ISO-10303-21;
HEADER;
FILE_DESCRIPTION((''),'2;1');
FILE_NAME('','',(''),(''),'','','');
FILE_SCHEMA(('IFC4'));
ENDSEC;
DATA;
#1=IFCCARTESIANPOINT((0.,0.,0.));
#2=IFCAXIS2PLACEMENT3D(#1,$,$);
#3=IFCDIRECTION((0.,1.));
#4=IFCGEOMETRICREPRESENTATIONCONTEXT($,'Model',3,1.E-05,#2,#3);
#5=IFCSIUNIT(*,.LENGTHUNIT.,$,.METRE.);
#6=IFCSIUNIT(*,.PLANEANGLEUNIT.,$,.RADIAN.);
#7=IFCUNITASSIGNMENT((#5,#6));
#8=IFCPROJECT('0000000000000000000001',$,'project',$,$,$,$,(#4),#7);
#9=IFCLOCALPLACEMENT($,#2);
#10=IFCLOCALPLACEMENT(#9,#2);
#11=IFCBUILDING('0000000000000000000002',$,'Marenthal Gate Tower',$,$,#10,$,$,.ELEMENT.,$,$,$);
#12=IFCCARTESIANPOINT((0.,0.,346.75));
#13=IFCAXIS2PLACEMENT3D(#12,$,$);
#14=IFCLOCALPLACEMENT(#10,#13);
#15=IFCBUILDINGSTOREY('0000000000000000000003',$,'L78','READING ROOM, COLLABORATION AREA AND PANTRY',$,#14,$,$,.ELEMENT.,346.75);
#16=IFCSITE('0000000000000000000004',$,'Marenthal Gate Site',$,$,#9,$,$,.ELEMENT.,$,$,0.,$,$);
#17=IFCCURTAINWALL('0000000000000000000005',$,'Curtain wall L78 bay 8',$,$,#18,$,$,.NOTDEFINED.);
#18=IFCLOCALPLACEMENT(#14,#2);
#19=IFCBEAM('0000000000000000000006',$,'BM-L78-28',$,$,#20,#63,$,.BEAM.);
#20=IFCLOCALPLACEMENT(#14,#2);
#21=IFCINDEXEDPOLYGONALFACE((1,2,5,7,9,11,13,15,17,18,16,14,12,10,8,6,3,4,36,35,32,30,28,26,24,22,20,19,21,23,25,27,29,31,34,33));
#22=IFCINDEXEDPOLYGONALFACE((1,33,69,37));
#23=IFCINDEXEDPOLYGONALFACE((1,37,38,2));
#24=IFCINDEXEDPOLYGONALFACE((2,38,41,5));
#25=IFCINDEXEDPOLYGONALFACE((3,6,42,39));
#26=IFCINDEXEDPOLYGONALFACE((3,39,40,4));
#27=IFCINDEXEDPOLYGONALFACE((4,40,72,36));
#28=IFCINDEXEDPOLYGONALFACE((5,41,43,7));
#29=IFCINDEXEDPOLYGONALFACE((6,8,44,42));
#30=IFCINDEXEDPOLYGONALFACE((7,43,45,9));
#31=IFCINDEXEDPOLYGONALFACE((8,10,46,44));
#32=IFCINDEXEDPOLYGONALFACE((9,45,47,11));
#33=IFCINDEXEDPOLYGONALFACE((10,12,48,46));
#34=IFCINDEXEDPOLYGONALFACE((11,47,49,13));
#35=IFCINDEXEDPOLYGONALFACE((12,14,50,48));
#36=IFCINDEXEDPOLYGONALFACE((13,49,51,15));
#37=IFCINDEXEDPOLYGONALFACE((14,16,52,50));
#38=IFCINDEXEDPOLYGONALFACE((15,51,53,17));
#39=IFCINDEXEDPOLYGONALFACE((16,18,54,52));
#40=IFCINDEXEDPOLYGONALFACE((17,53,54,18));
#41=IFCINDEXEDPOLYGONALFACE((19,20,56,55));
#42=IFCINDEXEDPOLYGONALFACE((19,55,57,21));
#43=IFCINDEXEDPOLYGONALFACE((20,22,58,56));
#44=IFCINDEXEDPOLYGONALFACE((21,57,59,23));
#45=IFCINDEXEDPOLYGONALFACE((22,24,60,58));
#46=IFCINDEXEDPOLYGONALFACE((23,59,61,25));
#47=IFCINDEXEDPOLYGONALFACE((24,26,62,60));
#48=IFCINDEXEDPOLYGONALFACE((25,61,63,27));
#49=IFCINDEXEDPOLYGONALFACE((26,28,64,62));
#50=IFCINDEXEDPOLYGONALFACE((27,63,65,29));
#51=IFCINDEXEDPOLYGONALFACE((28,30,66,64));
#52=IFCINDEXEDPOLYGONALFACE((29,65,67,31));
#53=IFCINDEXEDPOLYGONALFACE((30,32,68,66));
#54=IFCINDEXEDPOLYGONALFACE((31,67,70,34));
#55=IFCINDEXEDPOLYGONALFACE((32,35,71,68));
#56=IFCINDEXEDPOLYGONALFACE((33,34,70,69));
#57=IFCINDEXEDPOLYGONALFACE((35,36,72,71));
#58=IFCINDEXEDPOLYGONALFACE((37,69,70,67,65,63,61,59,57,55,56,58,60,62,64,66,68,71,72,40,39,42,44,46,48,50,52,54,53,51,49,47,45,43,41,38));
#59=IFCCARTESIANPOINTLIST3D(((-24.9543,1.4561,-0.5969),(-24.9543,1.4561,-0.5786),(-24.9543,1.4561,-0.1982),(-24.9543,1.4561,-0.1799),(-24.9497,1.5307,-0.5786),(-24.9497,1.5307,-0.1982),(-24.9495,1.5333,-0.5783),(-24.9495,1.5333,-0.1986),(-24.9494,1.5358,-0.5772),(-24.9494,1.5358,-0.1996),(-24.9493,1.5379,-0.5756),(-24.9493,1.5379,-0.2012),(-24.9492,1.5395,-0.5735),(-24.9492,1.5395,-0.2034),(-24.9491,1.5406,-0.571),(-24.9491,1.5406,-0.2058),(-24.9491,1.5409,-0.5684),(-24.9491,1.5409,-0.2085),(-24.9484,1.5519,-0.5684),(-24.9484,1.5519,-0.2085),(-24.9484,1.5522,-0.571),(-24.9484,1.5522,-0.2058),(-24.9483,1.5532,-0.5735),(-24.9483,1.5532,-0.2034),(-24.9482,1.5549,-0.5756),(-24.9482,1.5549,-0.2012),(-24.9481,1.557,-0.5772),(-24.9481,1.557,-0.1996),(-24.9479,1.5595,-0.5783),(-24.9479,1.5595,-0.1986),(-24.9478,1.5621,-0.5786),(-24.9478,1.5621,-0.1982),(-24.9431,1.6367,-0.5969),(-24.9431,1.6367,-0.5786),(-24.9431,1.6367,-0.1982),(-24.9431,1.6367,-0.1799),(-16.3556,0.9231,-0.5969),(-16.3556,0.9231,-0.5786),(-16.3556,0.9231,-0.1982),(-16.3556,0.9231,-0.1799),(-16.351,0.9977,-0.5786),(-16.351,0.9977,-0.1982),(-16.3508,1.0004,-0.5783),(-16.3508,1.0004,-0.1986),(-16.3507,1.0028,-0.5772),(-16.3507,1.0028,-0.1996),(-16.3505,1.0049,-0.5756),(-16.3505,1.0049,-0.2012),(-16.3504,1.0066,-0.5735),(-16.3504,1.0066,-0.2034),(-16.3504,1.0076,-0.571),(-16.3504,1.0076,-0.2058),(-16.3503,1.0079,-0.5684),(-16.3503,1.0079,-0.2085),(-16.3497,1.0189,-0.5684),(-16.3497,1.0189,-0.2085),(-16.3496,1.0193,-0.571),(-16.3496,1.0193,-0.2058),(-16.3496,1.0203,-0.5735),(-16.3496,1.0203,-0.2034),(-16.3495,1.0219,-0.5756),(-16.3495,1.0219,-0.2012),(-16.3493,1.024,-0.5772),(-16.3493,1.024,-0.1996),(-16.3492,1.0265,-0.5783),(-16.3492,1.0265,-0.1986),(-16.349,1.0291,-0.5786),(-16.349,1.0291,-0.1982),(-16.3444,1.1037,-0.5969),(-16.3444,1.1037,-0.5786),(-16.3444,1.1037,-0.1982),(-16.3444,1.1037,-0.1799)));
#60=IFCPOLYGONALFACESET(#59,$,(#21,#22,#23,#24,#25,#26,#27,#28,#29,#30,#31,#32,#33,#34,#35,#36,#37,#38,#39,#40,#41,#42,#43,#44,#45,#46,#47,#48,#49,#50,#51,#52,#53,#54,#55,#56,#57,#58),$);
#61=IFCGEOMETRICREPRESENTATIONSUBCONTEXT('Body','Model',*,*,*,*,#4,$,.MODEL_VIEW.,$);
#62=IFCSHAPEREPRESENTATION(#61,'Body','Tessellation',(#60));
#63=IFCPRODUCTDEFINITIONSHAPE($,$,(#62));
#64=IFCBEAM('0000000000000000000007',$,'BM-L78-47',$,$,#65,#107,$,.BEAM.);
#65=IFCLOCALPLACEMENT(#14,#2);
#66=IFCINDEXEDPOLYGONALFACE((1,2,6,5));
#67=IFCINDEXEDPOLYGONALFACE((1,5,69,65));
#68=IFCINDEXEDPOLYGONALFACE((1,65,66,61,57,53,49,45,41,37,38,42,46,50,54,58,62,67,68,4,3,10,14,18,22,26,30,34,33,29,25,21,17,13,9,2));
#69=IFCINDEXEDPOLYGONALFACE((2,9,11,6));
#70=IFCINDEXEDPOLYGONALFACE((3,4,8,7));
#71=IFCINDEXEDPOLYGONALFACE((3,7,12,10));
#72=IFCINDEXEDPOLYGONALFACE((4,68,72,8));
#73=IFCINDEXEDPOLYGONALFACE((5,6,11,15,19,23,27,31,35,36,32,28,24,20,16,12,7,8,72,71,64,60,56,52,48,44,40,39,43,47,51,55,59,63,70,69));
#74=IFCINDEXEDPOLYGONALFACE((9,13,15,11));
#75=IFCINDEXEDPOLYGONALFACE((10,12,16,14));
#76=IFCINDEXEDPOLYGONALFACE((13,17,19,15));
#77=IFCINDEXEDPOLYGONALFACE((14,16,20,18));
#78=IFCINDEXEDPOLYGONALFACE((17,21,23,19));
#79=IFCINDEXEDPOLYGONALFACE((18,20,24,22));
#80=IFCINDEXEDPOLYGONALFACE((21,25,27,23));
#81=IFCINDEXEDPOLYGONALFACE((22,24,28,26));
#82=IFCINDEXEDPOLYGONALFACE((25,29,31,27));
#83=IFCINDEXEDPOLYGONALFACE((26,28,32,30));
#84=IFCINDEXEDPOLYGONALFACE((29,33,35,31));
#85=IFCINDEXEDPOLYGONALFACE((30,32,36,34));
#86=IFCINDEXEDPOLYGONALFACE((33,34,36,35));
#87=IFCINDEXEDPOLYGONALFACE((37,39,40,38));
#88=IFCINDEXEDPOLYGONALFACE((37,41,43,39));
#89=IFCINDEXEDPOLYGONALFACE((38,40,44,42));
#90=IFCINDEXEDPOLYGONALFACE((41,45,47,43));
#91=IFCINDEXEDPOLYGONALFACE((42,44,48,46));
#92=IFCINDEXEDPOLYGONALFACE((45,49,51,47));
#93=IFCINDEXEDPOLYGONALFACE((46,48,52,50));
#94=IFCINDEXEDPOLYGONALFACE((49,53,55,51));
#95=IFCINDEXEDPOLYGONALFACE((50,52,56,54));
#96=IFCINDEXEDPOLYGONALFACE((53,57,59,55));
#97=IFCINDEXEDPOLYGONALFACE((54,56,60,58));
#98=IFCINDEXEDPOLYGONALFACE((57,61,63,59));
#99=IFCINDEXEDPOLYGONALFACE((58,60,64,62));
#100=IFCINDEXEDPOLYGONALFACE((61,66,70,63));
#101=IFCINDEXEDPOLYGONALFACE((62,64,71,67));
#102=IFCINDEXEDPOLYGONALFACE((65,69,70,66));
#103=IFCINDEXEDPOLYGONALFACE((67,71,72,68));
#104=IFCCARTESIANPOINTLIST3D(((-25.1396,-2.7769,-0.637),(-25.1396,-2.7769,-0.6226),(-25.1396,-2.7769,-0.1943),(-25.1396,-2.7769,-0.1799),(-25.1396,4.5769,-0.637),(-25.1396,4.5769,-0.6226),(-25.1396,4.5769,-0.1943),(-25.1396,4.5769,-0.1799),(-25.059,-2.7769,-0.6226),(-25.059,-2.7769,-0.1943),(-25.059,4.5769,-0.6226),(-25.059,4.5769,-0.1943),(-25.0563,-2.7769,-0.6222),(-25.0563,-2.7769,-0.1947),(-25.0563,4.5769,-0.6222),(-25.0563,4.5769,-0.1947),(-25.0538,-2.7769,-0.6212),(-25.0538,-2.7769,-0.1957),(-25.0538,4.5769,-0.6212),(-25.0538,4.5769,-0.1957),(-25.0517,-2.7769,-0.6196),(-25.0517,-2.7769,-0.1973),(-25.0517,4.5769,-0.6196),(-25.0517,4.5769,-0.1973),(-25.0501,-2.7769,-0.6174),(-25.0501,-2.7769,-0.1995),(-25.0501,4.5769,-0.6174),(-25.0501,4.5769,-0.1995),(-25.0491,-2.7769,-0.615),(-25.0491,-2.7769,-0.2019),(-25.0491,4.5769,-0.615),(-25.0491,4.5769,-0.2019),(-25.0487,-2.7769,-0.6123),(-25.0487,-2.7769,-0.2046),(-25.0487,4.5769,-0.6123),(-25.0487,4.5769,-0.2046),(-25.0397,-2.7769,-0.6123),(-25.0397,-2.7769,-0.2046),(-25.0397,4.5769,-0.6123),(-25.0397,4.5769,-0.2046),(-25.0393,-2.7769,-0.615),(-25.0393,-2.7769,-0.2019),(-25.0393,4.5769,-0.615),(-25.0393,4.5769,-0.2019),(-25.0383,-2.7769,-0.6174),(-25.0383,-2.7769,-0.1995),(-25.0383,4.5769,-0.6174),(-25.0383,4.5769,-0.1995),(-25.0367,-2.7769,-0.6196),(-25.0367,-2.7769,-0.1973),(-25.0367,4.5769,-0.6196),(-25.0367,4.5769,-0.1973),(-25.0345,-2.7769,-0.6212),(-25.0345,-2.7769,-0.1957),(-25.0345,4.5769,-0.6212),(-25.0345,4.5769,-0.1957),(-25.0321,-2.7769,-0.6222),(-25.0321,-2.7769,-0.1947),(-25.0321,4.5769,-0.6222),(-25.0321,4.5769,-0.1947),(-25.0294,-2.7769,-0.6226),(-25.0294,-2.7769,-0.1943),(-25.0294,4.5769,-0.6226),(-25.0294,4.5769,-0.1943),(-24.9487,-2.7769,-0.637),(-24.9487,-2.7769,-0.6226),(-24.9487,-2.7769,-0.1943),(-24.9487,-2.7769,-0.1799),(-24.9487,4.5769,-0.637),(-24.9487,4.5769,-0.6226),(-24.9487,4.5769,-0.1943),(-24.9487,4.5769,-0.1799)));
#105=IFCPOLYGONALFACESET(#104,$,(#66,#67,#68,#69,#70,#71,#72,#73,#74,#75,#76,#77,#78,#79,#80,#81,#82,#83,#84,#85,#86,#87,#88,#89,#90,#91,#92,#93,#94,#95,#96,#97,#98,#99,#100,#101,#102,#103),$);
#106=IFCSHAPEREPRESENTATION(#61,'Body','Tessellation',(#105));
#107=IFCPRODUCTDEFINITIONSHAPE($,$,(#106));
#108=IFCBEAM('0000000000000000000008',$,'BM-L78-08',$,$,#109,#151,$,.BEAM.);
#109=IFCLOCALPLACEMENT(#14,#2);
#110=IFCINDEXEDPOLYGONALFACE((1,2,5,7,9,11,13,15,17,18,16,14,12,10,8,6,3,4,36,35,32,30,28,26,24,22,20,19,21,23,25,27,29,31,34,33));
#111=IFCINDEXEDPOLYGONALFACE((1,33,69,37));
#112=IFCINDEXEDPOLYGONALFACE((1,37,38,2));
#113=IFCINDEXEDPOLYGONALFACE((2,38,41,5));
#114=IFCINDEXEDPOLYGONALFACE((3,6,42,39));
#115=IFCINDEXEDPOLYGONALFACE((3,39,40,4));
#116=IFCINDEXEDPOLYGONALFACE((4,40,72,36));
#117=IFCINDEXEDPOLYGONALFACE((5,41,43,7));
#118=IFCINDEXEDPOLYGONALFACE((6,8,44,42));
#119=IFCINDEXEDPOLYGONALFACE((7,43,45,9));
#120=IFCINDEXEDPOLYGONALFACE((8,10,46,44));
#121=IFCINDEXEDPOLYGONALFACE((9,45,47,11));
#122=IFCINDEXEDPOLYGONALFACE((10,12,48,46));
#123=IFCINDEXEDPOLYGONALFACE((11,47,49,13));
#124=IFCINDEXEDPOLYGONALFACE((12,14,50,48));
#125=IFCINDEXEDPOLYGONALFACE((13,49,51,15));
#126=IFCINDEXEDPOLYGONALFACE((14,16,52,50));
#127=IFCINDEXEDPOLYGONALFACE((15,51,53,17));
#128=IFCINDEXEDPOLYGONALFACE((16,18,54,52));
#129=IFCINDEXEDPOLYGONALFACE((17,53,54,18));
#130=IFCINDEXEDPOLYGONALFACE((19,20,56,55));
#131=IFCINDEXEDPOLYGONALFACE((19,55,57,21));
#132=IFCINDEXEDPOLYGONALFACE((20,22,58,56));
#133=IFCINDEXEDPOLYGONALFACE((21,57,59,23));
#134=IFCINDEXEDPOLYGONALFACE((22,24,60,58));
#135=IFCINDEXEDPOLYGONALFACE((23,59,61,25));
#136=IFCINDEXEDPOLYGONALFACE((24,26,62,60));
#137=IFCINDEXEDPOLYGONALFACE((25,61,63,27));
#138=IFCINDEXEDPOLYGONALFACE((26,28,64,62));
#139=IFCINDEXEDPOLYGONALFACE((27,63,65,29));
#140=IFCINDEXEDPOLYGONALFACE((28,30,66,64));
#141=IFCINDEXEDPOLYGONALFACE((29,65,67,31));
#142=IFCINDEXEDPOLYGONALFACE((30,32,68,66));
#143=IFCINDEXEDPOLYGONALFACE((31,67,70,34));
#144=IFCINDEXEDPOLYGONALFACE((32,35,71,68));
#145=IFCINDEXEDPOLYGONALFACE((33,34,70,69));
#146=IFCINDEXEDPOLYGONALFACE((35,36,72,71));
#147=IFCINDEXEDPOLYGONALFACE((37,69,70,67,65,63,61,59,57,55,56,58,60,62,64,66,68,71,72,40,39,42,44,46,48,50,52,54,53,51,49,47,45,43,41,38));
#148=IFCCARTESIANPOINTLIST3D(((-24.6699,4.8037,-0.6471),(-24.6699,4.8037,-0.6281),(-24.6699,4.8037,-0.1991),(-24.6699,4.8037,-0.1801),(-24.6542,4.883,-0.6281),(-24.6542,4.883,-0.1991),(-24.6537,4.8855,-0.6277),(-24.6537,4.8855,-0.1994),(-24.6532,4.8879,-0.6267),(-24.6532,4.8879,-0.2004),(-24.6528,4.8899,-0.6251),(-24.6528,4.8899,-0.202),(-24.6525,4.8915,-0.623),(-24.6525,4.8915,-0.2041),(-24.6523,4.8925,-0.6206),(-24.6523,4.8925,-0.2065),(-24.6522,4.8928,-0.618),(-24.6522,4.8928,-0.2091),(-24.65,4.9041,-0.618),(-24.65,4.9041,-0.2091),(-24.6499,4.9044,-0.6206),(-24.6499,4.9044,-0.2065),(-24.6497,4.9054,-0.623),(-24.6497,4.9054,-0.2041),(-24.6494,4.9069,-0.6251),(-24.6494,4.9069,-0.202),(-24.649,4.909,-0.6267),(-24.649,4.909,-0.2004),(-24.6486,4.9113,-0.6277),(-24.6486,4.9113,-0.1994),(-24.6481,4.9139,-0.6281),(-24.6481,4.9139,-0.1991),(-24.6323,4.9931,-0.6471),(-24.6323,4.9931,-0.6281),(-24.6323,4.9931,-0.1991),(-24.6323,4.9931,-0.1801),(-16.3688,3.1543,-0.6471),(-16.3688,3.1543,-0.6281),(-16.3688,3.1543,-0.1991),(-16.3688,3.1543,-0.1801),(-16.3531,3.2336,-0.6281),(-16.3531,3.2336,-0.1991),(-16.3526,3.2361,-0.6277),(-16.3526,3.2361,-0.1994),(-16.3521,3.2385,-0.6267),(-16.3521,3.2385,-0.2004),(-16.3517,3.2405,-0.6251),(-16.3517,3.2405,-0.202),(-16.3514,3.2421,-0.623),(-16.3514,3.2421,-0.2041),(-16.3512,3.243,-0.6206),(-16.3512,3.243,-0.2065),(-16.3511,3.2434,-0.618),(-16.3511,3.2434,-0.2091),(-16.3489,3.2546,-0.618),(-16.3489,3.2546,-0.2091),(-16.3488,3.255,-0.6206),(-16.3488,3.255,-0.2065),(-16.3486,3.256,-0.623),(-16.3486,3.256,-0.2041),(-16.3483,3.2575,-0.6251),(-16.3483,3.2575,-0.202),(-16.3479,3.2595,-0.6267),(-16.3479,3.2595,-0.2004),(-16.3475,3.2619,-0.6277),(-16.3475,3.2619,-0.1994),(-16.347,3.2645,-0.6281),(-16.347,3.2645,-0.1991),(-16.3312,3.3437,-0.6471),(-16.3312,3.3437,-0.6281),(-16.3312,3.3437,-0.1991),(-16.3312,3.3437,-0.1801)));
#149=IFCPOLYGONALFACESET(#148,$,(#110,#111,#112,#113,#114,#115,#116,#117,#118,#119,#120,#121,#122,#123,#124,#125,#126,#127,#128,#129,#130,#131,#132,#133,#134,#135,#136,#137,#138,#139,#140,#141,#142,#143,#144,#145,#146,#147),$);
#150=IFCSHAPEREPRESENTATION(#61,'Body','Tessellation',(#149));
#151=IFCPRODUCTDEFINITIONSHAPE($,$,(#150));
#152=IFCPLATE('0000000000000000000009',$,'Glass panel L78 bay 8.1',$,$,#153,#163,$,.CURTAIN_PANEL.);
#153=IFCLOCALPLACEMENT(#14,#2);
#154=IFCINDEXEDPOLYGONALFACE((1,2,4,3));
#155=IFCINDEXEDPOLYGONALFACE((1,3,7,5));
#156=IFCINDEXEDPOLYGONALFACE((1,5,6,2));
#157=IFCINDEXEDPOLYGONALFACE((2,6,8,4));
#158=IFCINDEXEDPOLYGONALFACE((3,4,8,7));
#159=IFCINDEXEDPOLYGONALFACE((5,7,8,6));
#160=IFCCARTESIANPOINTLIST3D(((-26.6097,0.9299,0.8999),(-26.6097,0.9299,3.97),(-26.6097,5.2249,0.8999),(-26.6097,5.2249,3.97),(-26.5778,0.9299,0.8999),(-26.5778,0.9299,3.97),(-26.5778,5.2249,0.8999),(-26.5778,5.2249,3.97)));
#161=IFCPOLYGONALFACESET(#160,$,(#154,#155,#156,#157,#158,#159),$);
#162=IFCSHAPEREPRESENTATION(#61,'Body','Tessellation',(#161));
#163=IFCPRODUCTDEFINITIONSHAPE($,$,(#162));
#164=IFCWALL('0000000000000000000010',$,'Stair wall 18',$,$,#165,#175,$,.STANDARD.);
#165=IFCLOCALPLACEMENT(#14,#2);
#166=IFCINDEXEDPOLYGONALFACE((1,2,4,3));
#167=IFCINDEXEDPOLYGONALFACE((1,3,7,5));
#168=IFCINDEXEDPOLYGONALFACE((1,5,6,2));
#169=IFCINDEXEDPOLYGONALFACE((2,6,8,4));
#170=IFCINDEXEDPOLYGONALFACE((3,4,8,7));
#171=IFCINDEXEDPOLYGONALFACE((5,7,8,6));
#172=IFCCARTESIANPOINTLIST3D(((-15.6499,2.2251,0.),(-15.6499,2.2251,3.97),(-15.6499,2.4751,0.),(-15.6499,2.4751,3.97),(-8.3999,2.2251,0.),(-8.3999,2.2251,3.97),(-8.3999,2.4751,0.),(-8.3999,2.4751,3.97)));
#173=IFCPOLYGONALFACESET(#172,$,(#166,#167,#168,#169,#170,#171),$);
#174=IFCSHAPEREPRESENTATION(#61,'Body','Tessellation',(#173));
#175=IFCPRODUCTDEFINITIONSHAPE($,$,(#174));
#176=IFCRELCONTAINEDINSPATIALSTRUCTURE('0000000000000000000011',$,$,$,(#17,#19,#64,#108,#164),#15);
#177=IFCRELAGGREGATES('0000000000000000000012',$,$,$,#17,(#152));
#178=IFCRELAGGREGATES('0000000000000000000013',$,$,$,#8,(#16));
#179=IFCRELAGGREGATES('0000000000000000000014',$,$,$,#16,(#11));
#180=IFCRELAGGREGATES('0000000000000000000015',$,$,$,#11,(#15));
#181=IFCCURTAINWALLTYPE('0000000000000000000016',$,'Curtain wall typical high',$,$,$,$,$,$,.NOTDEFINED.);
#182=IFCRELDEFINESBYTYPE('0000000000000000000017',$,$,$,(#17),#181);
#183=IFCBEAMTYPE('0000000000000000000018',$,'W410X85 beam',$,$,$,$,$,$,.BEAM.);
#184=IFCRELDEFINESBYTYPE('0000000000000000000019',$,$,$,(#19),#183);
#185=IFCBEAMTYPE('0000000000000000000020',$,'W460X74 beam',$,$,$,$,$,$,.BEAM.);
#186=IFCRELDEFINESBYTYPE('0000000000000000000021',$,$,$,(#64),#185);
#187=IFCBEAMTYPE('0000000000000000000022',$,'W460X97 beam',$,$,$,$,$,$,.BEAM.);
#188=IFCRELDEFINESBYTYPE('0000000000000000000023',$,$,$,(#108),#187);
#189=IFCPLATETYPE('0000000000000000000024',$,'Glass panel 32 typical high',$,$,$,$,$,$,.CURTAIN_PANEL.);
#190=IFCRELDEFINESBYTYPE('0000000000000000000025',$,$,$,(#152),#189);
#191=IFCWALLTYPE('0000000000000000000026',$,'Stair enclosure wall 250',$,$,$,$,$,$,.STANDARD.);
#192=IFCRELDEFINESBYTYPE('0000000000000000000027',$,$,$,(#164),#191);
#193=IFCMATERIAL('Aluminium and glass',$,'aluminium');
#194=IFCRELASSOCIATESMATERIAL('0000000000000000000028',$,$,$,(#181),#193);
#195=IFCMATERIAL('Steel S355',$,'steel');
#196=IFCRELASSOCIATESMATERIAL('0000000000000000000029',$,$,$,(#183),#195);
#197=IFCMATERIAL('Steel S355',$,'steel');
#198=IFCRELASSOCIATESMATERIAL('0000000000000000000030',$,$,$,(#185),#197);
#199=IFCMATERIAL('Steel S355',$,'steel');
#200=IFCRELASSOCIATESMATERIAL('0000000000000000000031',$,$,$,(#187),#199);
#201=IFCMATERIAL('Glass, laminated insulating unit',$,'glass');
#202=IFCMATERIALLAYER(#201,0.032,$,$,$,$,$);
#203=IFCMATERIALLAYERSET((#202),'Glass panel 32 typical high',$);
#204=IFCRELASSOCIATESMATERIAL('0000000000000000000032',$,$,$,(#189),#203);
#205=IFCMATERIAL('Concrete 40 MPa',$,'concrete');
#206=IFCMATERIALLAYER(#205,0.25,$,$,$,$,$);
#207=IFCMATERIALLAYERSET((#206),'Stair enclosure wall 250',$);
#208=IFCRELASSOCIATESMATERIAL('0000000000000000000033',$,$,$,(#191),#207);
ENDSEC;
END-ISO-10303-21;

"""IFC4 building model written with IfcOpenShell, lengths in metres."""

from ifc_helpers import new_model, si_unit, direction, frame, frame_2d, origin, origin_2d, place, context, subcontext, project, spatial, rectangle, i_section, extrude, material, layer, layer_set, material_profile, profile_set, type_object, element, aggregate, save


model = new_model("IFC4")

# Units and contexts
model_context = context("Model", 3, precision=1e-05, world=origin(), true_north=direction((0.0, 1.0)))
body_context = subcontext(model_context, "Body", "Model", "MODEL_VIEW")
ifc_project = project(units=[si_unit("LENGTHUNIT", "METRE"), si_unit("PLANEANGLEUNIT", "RADIAN")], contexts=[model_context])

# Site, building, storey
site_placement = place(None, origin())
site = spatial("IfcSite", under=ifc_project, at=site_placement, Name="Marenthal Gate Site", CompositionType="ELEMENT", RefElevation=0.0)
building_placement = place(site_placement, origin())
building = spatial("IfcBuilding", under=site, at=building_placement, Name="Marenthal Gate Tower", CompositionType="ELEMENT")
storey_placement = place(building_placement, frame((0.0, 0.0, 346.75)))
storey = spatial("IfcBuildingStorey", under=building, at=storey_placement, Name="L78", Description="READING ROOM, COLLABORATION AREA AND PANTRY", CompositionType="ELEMENT", Elevation=346.75)

# Curtain wall
ifc_material_1 = material(Name="Aluminium and glass", Category="aluminium")
curtain_wall_type = type_object("IfcCurtainWallType", Name="Curtain wall typical high", PredefinedType="NOTDEFINED", material=ifc_material_1)
curtain_wall_placement = place(storey_placement, origin())
curtain_wall = element("IfcCurtainWall", 1, at=curtain_wall_placement, inside=storey, type_object=curtain_wall_type, Name="Curtain wall L78 bay 8", PredefinedType="NOTDEFINED")

# Beams
ifc_material_2 = material(Name="Steel S355", Category="steel")
ifc_material_profile_1 = material_profile(ifc_material_2, i_section(OverallWidth=0.1809, OverallDepth=0.417, WebThickness=0.011, FlangeThickness=0.0183, FilletRadius=0.0103, at=origin_2d()), Name="W410X85")
ifc_profile_set_1 = profile_set([ifc_material_profile_1], Name="Steel S355")
beam_type_1 = type_object("IfcBeamType", Name="W410X85 beam", PredefinedType="BEAM", material=ifc_profile_set_1)
beam_1_placement = place(storey_placement, frame((-24.9487, 1.5464, -0.3884), z_axis=(0.998085, -0.061863, 0.0), x_axis=(0.061863, 0.998085, 0.0)))
element("IfcBeam", 2, at=beam_1_placement, inside=storey, type_object=beam_type_1, Name="BM-L78-28", PredefinedType="BEAM", context=body_context, shape_type="SweptSolid", body=[
    extrude(i_section(OverallWidth=0.1809, OverallDepth=0.417, WebThickness=0.011, FlangeThickness=0.0183, FilletRadius=0.0103, at=origin_2d()), origin(), (0.0, 0.0, 1.0), 8.6152),
])
ifc_material_3 = material(Name="Steel S355", Category="steel")
ifc_material_profile_2 = material_profile(ifc_material_3, i_section(OverallWidth=0.1909, OverallDepth=0.457, WebThickness=0.009, FlangeThickness=0.0144, FilletRadius=0.0103, at=origin_2d()), Name="W460X74")
ifc_profile_set_2 = profile_set([ifc_material_profile_2], Name="Steel S355")
beam_type_2 = type_object("IfcBeamType", Name="W460X74 beam", PredefinedType="BEAM", material=ifc_profile_set_2)
beam_2_placement = place(storey_placement, frame((-25.0442, 4.5769, -0.4084), z_axis=(0.0, -1.0, 0.0), x_axis=(1.0, 0.0, 0.0)))
element("IfcBeam", 3, at=beam_2_placement, inside=storey, type_object=beam_type_2, Name="BM-L78-47", PredefinedType="BEAM", context=body_context, shape_type="SweptSolid", body=[
    extrude(i_section(OverallWidth=0.1909, OverallDepth=0.457, WebThickness=0.009, FlangeThickness=0.0144, FilletRadius=0.0103, at=origin_2d()), origin(), (0.0, 0.0, 1.0), 7.3538),
])
ifc_material_4 = material(Name="Steel S355", Category="steel")
ifc_material_profile_3 = material_profile(ifc_material_4, i_section(OverallWidth=0.1931, OverallDepth=0.467, WebThickness=0.0115, FlangeThickness=0.019, FilletRadius=0.01, at=origin_2d()), Name="W460X97")
ifc_profile_set_3 = profile_set([ifc_material_profile_3], Name="Steel S355")
beam_type_3 = type_object("IfcBeamType", Name="W460X97 beam", PredefinedType="BEAM", material=ifc_profile_set_3)
beam_3_placement = place(storey_placement, frame((-24.6511, 4.8984, -0.4136), z_axis=(0.980825, -0.19489, 0.0), x_axis=(0.19489, 0.980825, 0.0)))
element("IfcBeam", 4, at=beam_3_placement, inside=storey, type_object=beam_type_3, Name="BM-L78-08", PredefinedType="BEAM", context=body_context, shape_type="SweptSolid", body=[
    extrude(i_section(OverallWidth=0.1931, OverallDepth=0.467, WebThickness=0.0115, FlangeThickness=0.019, FilletRadius=0.01, at=origin_2d()), origin(), (0.0, 0.0, 1.0), 8.4634),
])

# Plate
ifc_material_5 = material(Name="Glass, laminated insulating unit", Category="glass")
ifc_layer_1 = layer(ifc_material_5, 0.032)
ifc_layer_set_1 = layer_set([ifc_layer_1], Name="Glass panel 32 typical high")
plate_type = type_object("IfcPlateType", Name="Glass panel 32 typical high", PredefinedType="CURTAIN_PANEL", material=ifc_layer_set_1)
plate_placement = place(storey_placement, frame((-26.5938, 3.0774, 0.8999), z_axis=(0.0, 0.0, 1.0), x_axis=(0.0, -1.0, 0.0)))
plate = element("IfcPlate", 5, at=plate_placement, type_object=plate_type, Name="Glass panel L78 bay 8.1", PredefinedType="CURTAIN_PANEL", context=body_context, shape_type="SweptSolid", body=[
    extrude(rectangle(XDim=4.2949, YDim=0.032, at=origin_2d()), origin(), (0.0, 0.0, 1.0), 3.0701),
])
aggregate(curtain_wall, [plate])

# Wall
ifc_material_6 = material(Name="Concrete 40 MPa", Category="concrete")
ifc_layer_2 = layer(ifc_material_6, 0.25)
ifc_layer_set_2 = layer_set([ifc_layer_2], Name="Stair enclosure wall 250")
wall_type_1 = type_object("IfcWallType", Name="Stair enclosure wall 250", PredefinedType="STANDARD", material=ifc_layer_set_2)
wall_1_placement = place(storey_placement, frame((-15.6499, 2.3501, 0.0), z_axis=(0.0, 0.0, 1.0), x_axis=(1.0, 0.0, 0.0)))
element("IfcWall", 6, at=wall_1_placement, inside=storey, type_object=wall_type_1, Name="Stair wall 18", PredefinedType="STANDARD", context=body_context, shape_type="SweptSolid", body=[
    extrude(rectangle(XDim=7.25, YDim=0.25, at=frame_2d((3.625, 0.0))), origin(), (0.0, 0.0, 1.0), 3.97),
])

save(model, "model.ifc")
